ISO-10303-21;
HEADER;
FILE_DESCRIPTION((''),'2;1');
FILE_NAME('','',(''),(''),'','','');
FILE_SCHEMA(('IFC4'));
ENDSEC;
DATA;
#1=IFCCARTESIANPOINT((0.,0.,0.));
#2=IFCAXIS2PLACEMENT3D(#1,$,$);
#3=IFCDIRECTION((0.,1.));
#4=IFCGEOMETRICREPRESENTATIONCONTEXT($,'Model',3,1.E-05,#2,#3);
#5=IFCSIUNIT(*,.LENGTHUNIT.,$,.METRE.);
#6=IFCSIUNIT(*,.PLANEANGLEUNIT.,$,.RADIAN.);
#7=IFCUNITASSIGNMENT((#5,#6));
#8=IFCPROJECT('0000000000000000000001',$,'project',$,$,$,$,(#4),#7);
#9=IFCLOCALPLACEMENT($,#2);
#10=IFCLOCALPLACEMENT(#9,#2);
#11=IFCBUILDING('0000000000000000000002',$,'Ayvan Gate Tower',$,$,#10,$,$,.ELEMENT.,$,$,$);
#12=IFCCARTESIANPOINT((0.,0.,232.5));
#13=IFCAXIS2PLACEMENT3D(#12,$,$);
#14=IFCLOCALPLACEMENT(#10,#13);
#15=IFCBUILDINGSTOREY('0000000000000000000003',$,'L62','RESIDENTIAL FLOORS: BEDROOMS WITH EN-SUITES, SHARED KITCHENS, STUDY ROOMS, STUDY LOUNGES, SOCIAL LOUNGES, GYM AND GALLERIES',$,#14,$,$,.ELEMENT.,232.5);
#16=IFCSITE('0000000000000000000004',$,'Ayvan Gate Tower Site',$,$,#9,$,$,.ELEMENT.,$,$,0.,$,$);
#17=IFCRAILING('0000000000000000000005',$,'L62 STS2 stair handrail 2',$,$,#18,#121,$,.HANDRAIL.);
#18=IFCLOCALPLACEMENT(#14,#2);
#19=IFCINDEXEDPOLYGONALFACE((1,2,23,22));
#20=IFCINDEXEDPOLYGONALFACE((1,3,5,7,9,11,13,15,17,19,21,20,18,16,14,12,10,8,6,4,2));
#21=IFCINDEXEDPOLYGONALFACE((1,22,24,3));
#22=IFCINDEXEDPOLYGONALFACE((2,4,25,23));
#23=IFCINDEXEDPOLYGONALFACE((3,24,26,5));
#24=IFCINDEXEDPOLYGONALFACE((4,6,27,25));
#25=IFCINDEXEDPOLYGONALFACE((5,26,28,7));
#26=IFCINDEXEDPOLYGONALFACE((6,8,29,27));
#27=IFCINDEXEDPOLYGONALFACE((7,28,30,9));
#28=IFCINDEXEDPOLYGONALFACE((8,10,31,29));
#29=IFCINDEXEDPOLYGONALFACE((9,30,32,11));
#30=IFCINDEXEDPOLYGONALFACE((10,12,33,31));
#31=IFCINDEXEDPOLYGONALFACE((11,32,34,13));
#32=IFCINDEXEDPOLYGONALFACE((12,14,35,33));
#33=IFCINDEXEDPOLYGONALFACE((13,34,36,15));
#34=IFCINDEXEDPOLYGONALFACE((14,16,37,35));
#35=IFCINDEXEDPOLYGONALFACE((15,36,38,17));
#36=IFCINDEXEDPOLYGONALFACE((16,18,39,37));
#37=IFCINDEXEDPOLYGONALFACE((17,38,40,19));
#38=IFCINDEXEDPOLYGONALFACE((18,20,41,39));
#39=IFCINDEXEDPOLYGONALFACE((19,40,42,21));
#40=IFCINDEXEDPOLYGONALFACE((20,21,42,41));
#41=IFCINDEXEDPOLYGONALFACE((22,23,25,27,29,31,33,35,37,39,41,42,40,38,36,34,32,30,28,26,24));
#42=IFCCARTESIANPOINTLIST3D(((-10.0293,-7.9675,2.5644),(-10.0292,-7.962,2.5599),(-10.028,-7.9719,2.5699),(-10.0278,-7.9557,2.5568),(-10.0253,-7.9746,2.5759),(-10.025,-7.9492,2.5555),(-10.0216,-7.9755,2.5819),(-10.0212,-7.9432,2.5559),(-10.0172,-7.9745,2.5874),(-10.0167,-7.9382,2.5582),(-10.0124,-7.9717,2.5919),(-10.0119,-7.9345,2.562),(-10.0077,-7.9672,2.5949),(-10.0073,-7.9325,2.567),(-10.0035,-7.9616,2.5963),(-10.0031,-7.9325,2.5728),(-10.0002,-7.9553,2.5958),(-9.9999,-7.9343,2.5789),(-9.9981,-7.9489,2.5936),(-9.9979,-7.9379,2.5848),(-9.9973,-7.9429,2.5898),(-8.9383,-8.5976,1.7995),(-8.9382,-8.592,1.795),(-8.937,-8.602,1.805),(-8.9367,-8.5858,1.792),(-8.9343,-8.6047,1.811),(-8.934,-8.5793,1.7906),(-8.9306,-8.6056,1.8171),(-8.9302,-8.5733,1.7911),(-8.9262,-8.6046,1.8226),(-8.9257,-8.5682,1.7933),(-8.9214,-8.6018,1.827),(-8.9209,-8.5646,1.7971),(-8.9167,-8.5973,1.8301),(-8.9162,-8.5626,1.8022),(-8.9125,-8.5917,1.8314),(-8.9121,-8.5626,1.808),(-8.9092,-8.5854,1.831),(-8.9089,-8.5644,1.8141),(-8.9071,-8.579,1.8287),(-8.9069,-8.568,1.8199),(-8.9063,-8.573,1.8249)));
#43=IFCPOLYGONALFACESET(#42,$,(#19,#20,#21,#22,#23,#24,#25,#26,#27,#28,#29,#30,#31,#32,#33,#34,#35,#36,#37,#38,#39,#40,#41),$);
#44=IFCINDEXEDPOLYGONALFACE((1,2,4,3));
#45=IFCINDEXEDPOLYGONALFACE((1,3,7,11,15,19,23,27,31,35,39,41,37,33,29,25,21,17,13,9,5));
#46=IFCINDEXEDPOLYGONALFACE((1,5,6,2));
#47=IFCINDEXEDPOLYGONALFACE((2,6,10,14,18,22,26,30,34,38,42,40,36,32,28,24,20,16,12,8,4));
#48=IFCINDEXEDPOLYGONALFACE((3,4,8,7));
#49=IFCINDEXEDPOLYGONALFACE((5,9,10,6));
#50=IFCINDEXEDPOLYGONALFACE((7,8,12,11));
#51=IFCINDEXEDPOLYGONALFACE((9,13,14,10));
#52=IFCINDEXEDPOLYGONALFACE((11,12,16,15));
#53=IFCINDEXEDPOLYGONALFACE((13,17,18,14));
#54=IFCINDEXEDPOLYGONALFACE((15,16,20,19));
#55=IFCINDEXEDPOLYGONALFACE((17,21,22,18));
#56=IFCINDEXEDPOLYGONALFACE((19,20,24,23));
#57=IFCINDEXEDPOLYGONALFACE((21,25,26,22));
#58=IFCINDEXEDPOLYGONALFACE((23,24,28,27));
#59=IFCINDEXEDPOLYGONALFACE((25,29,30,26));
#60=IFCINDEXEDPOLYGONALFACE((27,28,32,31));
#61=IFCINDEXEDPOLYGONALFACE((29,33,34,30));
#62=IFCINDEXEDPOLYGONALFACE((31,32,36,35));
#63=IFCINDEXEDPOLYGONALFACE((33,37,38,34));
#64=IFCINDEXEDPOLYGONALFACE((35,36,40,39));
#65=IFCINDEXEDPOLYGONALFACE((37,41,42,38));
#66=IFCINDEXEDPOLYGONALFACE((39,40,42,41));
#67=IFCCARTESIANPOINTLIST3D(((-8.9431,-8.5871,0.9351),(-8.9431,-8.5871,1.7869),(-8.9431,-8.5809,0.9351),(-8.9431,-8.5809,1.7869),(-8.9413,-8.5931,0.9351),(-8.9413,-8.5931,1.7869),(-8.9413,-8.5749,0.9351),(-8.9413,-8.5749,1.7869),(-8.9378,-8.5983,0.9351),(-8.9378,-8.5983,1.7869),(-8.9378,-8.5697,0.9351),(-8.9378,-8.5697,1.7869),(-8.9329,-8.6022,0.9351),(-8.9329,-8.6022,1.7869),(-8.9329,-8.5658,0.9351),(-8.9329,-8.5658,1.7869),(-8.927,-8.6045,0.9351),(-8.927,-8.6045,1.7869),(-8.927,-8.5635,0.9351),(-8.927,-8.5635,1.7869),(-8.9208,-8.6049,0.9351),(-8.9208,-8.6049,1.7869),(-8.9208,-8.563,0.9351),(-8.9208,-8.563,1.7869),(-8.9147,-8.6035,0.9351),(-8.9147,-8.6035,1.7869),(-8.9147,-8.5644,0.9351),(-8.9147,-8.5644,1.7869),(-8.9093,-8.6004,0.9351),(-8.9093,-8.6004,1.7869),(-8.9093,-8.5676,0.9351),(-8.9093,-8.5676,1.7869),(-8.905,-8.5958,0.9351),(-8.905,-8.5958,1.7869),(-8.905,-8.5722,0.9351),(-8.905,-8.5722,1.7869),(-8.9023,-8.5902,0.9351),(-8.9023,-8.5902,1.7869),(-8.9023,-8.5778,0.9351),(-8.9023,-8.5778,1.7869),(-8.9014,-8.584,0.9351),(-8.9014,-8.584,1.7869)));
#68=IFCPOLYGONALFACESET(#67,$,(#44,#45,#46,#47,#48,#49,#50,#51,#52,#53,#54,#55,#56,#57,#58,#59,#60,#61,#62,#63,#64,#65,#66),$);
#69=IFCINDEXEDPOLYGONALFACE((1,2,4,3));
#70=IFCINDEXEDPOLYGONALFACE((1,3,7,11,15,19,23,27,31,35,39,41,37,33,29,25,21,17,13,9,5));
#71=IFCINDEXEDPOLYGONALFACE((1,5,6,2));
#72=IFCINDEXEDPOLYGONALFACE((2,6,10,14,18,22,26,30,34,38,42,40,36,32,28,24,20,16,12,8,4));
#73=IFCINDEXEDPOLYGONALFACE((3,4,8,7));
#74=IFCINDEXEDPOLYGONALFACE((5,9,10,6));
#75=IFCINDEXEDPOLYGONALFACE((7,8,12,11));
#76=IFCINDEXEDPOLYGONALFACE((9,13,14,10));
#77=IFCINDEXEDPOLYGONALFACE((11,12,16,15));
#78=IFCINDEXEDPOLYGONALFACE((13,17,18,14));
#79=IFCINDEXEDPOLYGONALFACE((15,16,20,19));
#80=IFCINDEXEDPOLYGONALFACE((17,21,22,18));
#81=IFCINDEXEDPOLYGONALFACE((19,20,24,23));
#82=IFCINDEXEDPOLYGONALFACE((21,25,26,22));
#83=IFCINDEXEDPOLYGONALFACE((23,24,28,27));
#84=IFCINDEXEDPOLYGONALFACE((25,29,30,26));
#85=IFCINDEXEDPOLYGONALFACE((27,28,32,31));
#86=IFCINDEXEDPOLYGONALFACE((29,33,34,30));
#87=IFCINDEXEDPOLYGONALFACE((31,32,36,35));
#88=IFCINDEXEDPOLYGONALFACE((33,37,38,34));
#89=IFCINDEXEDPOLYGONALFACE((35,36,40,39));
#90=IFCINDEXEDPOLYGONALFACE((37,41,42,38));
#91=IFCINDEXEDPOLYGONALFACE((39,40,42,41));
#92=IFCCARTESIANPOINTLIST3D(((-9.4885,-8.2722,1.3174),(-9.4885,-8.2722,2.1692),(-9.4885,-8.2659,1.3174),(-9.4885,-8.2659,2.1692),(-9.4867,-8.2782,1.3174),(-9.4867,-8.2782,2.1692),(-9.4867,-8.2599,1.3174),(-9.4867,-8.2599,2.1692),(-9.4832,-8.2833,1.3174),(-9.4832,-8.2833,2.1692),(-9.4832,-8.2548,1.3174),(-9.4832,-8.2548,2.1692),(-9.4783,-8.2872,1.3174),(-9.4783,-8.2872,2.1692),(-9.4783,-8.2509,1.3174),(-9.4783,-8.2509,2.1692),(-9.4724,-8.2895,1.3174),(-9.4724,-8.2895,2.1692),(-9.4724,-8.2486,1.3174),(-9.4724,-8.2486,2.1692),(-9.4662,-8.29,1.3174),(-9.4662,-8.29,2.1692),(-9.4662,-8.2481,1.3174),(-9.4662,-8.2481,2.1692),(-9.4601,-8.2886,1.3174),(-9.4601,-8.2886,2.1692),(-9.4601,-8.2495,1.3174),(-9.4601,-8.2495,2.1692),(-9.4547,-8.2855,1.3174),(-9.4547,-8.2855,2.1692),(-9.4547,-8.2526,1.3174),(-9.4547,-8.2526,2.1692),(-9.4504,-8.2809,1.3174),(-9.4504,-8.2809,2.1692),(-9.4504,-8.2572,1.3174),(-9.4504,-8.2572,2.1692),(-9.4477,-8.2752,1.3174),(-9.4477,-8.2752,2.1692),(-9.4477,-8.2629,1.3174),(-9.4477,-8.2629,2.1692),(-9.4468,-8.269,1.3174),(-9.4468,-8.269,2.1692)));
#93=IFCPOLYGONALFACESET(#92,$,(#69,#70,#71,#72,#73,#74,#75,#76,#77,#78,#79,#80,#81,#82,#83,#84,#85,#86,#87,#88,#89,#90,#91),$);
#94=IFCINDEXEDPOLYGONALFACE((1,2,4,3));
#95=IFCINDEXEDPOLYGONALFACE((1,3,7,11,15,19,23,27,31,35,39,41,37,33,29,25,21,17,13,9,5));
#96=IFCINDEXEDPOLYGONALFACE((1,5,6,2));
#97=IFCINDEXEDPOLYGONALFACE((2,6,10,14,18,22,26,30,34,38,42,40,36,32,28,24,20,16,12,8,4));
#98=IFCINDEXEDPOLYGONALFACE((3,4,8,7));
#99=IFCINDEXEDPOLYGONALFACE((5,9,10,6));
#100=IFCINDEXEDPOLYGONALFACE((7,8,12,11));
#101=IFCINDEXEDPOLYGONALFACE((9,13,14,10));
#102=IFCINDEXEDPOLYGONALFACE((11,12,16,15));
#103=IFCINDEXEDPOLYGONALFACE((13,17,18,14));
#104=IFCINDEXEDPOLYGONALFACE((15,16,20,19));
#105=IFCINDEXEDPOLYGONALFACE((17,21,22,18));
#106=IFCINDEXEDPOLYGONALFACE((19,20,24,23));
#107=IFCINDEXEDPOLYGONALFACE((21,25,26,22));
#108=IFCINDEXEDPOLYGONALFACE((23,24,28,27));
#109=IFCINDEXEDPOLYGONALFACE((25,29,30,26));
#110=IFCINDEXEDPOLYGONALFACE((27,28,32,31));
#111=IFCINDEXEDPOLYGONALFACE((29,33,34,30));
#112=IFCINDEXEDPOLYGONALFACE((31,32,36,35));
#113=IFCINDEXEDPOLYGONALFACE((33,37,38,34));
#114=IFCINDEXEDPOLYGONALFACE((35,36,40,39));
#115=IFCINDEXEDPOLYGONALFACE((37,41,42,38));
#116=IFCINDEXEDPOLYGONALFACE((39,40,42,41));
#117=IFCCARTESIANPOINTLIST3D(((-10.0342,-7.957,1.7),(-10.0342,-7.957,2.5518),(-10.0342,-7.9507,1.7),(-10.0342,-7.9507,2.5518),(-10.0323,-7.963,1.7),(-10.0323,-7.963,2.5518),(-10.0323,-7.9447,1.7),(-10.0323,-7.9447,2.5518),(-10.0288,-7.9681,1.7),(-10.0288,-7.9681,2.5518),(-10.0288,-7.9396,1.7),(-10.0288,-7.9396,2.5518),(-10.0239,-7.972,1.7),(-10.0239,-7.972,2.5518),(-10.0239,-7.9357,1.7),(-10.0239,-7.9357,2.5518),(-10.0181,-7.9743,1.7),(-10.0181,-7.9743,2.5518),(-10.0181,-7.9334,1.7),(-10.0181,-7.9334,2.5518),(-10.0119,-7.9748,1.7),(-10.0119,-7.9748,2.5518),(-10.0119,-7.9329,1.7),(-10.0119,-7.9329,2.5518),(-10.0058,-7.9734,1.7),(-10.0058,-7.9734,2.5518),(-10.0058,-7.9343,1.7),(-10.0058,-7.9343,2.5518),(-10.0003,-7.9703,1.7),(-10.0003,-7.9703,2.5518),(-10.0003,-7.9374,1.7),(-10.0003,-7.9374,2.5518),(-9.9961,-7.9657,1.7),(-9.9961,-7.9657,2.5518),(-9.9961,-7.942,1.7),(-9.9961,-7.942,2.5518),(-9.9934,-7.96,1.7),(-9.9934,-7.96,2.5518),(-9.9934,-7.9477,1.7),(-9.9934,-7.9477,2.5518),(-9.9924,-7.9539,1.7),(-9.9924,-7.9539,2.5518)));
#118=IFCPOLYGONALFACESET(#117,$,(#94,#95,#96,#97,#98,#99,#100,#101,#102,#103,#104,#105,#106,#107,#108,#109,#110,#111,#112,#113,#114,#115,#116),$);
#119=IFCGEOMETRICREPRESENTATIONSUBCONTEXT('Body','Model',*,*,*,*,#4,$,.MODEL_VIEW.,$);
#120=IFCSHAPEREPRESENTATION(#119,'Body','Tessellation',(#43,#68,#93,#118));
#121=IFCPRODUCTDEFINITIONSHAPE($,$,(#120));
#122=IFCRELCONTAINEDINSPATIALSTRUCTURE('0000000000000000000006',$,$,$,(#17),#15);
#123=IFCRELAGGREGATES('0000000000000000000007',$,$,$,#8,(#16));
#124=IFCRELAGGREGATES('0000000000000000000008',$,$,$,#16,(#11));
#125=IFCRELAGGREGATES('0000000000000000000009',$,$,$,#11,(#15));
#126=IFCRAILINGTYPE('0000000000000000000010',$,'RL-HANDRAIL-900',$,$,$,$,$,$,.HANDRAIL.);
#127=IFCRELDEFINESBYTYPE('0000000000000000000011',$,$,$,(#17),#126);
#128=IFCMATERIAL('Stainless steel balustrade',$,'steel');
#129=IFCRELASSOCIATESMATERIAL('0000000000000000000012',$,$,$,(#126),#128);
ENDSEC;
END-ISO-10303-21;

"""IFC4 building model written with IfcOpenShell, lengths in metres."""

from ifc_helpers import new_model, si_unit, direction, frame, origin, origin_2d, place, context, subcontext, project, spatial, circle, extrude, material, type_object, element, save


model = new_model("IFC4")

# Units and contexts
model_context = context("Model", 3, precision=1e-05, world=origin(), true_north=direction((0.0, 1.0)))
body_context = subcontext(model_context, "Body", "Model", "MODEL_VIEW")
ifc_project = project(units=[si_unit("LENGTHUNIT", "METRE"), si_unit("PLANEANGLEUNIT", "RADIAN")], contexts=[model_context])

# Site, building, storey
site_placement = place(None, origin())
site = spatial("IfcSite", under=ifc_project, at=site_placement, Name="Ayvan Gate Tower Site", CompositionType="ELEMENT", RefElevation=0.0)
building_placement = place(site_placement, origin())
building = spatial("IfcBuilding", under=site, at=building_placement, Name="Ayvan Gate Tower", CompositionType="ELEMENT")
storey_placement = place(building_placement, frame((0.0, 0.0, 232.5)))
storey = spatial("IfcBuildingStorey", under=building, at=storey_placement, Name="L62", Description="RESIDENTIAL FLOORS: BEDROOMS WITH EN-SUITES, SHARED KITCHENS, STUDY ROOMS, STUDY LOUNGES, SOCIAL LOUNGES, GYM AND GALLERIES", CompositionType="ELEMENT", Elevation=232.5)

# Railing
ifc_material_1 = material(Name="Stainless steel balustrade", Category="steel")
railing_type_1 = type_object("IfcRailingType", Name="RL-HANDRAIL-900", PredefinedType="HANDRAIL", material=ifc_material_1)
railing_1_placement = place(storey_placement, frame((-8.9224, -8.584, 0.9351)))
element("IfcRailing", 1, at=railing_1_placement, inside=storey, type_object=railing_type_1, Name="L62 STS2 stair handrail 2", PredefinedType="HANDRAIL", context=body_context, shape_type="SweptSolid", body=[
    extrude(circle(Radius=0.0239, at=origin_2d()), frame((0.0, 0.0, 0.876), z_axis=(-0.740229, 0.427508, 0.518939), x_axis=(-0.500119, -0.865956, 0.0)), (0.0, 0.0, 1.0), 1.4739),
    extrude(circle(Radius=0.021, at=origin_2d()), origin(), (0.0, 0.0, 1.0), 0.8518),
    extrude(circle(Radius=0.021, at=origin_2d()), frame((-0.5454, 0.3149, 0.3823)), (0.0, 0.0, 1.0), 0.8518),
    extrude(circle(Radius=0.021, at=origin_2d()), frame((-1.0911, 0.6301, 0.7649)), (0.0, 0.0, 1.0), 0.8518),
])

save(model, "model.ifc")
